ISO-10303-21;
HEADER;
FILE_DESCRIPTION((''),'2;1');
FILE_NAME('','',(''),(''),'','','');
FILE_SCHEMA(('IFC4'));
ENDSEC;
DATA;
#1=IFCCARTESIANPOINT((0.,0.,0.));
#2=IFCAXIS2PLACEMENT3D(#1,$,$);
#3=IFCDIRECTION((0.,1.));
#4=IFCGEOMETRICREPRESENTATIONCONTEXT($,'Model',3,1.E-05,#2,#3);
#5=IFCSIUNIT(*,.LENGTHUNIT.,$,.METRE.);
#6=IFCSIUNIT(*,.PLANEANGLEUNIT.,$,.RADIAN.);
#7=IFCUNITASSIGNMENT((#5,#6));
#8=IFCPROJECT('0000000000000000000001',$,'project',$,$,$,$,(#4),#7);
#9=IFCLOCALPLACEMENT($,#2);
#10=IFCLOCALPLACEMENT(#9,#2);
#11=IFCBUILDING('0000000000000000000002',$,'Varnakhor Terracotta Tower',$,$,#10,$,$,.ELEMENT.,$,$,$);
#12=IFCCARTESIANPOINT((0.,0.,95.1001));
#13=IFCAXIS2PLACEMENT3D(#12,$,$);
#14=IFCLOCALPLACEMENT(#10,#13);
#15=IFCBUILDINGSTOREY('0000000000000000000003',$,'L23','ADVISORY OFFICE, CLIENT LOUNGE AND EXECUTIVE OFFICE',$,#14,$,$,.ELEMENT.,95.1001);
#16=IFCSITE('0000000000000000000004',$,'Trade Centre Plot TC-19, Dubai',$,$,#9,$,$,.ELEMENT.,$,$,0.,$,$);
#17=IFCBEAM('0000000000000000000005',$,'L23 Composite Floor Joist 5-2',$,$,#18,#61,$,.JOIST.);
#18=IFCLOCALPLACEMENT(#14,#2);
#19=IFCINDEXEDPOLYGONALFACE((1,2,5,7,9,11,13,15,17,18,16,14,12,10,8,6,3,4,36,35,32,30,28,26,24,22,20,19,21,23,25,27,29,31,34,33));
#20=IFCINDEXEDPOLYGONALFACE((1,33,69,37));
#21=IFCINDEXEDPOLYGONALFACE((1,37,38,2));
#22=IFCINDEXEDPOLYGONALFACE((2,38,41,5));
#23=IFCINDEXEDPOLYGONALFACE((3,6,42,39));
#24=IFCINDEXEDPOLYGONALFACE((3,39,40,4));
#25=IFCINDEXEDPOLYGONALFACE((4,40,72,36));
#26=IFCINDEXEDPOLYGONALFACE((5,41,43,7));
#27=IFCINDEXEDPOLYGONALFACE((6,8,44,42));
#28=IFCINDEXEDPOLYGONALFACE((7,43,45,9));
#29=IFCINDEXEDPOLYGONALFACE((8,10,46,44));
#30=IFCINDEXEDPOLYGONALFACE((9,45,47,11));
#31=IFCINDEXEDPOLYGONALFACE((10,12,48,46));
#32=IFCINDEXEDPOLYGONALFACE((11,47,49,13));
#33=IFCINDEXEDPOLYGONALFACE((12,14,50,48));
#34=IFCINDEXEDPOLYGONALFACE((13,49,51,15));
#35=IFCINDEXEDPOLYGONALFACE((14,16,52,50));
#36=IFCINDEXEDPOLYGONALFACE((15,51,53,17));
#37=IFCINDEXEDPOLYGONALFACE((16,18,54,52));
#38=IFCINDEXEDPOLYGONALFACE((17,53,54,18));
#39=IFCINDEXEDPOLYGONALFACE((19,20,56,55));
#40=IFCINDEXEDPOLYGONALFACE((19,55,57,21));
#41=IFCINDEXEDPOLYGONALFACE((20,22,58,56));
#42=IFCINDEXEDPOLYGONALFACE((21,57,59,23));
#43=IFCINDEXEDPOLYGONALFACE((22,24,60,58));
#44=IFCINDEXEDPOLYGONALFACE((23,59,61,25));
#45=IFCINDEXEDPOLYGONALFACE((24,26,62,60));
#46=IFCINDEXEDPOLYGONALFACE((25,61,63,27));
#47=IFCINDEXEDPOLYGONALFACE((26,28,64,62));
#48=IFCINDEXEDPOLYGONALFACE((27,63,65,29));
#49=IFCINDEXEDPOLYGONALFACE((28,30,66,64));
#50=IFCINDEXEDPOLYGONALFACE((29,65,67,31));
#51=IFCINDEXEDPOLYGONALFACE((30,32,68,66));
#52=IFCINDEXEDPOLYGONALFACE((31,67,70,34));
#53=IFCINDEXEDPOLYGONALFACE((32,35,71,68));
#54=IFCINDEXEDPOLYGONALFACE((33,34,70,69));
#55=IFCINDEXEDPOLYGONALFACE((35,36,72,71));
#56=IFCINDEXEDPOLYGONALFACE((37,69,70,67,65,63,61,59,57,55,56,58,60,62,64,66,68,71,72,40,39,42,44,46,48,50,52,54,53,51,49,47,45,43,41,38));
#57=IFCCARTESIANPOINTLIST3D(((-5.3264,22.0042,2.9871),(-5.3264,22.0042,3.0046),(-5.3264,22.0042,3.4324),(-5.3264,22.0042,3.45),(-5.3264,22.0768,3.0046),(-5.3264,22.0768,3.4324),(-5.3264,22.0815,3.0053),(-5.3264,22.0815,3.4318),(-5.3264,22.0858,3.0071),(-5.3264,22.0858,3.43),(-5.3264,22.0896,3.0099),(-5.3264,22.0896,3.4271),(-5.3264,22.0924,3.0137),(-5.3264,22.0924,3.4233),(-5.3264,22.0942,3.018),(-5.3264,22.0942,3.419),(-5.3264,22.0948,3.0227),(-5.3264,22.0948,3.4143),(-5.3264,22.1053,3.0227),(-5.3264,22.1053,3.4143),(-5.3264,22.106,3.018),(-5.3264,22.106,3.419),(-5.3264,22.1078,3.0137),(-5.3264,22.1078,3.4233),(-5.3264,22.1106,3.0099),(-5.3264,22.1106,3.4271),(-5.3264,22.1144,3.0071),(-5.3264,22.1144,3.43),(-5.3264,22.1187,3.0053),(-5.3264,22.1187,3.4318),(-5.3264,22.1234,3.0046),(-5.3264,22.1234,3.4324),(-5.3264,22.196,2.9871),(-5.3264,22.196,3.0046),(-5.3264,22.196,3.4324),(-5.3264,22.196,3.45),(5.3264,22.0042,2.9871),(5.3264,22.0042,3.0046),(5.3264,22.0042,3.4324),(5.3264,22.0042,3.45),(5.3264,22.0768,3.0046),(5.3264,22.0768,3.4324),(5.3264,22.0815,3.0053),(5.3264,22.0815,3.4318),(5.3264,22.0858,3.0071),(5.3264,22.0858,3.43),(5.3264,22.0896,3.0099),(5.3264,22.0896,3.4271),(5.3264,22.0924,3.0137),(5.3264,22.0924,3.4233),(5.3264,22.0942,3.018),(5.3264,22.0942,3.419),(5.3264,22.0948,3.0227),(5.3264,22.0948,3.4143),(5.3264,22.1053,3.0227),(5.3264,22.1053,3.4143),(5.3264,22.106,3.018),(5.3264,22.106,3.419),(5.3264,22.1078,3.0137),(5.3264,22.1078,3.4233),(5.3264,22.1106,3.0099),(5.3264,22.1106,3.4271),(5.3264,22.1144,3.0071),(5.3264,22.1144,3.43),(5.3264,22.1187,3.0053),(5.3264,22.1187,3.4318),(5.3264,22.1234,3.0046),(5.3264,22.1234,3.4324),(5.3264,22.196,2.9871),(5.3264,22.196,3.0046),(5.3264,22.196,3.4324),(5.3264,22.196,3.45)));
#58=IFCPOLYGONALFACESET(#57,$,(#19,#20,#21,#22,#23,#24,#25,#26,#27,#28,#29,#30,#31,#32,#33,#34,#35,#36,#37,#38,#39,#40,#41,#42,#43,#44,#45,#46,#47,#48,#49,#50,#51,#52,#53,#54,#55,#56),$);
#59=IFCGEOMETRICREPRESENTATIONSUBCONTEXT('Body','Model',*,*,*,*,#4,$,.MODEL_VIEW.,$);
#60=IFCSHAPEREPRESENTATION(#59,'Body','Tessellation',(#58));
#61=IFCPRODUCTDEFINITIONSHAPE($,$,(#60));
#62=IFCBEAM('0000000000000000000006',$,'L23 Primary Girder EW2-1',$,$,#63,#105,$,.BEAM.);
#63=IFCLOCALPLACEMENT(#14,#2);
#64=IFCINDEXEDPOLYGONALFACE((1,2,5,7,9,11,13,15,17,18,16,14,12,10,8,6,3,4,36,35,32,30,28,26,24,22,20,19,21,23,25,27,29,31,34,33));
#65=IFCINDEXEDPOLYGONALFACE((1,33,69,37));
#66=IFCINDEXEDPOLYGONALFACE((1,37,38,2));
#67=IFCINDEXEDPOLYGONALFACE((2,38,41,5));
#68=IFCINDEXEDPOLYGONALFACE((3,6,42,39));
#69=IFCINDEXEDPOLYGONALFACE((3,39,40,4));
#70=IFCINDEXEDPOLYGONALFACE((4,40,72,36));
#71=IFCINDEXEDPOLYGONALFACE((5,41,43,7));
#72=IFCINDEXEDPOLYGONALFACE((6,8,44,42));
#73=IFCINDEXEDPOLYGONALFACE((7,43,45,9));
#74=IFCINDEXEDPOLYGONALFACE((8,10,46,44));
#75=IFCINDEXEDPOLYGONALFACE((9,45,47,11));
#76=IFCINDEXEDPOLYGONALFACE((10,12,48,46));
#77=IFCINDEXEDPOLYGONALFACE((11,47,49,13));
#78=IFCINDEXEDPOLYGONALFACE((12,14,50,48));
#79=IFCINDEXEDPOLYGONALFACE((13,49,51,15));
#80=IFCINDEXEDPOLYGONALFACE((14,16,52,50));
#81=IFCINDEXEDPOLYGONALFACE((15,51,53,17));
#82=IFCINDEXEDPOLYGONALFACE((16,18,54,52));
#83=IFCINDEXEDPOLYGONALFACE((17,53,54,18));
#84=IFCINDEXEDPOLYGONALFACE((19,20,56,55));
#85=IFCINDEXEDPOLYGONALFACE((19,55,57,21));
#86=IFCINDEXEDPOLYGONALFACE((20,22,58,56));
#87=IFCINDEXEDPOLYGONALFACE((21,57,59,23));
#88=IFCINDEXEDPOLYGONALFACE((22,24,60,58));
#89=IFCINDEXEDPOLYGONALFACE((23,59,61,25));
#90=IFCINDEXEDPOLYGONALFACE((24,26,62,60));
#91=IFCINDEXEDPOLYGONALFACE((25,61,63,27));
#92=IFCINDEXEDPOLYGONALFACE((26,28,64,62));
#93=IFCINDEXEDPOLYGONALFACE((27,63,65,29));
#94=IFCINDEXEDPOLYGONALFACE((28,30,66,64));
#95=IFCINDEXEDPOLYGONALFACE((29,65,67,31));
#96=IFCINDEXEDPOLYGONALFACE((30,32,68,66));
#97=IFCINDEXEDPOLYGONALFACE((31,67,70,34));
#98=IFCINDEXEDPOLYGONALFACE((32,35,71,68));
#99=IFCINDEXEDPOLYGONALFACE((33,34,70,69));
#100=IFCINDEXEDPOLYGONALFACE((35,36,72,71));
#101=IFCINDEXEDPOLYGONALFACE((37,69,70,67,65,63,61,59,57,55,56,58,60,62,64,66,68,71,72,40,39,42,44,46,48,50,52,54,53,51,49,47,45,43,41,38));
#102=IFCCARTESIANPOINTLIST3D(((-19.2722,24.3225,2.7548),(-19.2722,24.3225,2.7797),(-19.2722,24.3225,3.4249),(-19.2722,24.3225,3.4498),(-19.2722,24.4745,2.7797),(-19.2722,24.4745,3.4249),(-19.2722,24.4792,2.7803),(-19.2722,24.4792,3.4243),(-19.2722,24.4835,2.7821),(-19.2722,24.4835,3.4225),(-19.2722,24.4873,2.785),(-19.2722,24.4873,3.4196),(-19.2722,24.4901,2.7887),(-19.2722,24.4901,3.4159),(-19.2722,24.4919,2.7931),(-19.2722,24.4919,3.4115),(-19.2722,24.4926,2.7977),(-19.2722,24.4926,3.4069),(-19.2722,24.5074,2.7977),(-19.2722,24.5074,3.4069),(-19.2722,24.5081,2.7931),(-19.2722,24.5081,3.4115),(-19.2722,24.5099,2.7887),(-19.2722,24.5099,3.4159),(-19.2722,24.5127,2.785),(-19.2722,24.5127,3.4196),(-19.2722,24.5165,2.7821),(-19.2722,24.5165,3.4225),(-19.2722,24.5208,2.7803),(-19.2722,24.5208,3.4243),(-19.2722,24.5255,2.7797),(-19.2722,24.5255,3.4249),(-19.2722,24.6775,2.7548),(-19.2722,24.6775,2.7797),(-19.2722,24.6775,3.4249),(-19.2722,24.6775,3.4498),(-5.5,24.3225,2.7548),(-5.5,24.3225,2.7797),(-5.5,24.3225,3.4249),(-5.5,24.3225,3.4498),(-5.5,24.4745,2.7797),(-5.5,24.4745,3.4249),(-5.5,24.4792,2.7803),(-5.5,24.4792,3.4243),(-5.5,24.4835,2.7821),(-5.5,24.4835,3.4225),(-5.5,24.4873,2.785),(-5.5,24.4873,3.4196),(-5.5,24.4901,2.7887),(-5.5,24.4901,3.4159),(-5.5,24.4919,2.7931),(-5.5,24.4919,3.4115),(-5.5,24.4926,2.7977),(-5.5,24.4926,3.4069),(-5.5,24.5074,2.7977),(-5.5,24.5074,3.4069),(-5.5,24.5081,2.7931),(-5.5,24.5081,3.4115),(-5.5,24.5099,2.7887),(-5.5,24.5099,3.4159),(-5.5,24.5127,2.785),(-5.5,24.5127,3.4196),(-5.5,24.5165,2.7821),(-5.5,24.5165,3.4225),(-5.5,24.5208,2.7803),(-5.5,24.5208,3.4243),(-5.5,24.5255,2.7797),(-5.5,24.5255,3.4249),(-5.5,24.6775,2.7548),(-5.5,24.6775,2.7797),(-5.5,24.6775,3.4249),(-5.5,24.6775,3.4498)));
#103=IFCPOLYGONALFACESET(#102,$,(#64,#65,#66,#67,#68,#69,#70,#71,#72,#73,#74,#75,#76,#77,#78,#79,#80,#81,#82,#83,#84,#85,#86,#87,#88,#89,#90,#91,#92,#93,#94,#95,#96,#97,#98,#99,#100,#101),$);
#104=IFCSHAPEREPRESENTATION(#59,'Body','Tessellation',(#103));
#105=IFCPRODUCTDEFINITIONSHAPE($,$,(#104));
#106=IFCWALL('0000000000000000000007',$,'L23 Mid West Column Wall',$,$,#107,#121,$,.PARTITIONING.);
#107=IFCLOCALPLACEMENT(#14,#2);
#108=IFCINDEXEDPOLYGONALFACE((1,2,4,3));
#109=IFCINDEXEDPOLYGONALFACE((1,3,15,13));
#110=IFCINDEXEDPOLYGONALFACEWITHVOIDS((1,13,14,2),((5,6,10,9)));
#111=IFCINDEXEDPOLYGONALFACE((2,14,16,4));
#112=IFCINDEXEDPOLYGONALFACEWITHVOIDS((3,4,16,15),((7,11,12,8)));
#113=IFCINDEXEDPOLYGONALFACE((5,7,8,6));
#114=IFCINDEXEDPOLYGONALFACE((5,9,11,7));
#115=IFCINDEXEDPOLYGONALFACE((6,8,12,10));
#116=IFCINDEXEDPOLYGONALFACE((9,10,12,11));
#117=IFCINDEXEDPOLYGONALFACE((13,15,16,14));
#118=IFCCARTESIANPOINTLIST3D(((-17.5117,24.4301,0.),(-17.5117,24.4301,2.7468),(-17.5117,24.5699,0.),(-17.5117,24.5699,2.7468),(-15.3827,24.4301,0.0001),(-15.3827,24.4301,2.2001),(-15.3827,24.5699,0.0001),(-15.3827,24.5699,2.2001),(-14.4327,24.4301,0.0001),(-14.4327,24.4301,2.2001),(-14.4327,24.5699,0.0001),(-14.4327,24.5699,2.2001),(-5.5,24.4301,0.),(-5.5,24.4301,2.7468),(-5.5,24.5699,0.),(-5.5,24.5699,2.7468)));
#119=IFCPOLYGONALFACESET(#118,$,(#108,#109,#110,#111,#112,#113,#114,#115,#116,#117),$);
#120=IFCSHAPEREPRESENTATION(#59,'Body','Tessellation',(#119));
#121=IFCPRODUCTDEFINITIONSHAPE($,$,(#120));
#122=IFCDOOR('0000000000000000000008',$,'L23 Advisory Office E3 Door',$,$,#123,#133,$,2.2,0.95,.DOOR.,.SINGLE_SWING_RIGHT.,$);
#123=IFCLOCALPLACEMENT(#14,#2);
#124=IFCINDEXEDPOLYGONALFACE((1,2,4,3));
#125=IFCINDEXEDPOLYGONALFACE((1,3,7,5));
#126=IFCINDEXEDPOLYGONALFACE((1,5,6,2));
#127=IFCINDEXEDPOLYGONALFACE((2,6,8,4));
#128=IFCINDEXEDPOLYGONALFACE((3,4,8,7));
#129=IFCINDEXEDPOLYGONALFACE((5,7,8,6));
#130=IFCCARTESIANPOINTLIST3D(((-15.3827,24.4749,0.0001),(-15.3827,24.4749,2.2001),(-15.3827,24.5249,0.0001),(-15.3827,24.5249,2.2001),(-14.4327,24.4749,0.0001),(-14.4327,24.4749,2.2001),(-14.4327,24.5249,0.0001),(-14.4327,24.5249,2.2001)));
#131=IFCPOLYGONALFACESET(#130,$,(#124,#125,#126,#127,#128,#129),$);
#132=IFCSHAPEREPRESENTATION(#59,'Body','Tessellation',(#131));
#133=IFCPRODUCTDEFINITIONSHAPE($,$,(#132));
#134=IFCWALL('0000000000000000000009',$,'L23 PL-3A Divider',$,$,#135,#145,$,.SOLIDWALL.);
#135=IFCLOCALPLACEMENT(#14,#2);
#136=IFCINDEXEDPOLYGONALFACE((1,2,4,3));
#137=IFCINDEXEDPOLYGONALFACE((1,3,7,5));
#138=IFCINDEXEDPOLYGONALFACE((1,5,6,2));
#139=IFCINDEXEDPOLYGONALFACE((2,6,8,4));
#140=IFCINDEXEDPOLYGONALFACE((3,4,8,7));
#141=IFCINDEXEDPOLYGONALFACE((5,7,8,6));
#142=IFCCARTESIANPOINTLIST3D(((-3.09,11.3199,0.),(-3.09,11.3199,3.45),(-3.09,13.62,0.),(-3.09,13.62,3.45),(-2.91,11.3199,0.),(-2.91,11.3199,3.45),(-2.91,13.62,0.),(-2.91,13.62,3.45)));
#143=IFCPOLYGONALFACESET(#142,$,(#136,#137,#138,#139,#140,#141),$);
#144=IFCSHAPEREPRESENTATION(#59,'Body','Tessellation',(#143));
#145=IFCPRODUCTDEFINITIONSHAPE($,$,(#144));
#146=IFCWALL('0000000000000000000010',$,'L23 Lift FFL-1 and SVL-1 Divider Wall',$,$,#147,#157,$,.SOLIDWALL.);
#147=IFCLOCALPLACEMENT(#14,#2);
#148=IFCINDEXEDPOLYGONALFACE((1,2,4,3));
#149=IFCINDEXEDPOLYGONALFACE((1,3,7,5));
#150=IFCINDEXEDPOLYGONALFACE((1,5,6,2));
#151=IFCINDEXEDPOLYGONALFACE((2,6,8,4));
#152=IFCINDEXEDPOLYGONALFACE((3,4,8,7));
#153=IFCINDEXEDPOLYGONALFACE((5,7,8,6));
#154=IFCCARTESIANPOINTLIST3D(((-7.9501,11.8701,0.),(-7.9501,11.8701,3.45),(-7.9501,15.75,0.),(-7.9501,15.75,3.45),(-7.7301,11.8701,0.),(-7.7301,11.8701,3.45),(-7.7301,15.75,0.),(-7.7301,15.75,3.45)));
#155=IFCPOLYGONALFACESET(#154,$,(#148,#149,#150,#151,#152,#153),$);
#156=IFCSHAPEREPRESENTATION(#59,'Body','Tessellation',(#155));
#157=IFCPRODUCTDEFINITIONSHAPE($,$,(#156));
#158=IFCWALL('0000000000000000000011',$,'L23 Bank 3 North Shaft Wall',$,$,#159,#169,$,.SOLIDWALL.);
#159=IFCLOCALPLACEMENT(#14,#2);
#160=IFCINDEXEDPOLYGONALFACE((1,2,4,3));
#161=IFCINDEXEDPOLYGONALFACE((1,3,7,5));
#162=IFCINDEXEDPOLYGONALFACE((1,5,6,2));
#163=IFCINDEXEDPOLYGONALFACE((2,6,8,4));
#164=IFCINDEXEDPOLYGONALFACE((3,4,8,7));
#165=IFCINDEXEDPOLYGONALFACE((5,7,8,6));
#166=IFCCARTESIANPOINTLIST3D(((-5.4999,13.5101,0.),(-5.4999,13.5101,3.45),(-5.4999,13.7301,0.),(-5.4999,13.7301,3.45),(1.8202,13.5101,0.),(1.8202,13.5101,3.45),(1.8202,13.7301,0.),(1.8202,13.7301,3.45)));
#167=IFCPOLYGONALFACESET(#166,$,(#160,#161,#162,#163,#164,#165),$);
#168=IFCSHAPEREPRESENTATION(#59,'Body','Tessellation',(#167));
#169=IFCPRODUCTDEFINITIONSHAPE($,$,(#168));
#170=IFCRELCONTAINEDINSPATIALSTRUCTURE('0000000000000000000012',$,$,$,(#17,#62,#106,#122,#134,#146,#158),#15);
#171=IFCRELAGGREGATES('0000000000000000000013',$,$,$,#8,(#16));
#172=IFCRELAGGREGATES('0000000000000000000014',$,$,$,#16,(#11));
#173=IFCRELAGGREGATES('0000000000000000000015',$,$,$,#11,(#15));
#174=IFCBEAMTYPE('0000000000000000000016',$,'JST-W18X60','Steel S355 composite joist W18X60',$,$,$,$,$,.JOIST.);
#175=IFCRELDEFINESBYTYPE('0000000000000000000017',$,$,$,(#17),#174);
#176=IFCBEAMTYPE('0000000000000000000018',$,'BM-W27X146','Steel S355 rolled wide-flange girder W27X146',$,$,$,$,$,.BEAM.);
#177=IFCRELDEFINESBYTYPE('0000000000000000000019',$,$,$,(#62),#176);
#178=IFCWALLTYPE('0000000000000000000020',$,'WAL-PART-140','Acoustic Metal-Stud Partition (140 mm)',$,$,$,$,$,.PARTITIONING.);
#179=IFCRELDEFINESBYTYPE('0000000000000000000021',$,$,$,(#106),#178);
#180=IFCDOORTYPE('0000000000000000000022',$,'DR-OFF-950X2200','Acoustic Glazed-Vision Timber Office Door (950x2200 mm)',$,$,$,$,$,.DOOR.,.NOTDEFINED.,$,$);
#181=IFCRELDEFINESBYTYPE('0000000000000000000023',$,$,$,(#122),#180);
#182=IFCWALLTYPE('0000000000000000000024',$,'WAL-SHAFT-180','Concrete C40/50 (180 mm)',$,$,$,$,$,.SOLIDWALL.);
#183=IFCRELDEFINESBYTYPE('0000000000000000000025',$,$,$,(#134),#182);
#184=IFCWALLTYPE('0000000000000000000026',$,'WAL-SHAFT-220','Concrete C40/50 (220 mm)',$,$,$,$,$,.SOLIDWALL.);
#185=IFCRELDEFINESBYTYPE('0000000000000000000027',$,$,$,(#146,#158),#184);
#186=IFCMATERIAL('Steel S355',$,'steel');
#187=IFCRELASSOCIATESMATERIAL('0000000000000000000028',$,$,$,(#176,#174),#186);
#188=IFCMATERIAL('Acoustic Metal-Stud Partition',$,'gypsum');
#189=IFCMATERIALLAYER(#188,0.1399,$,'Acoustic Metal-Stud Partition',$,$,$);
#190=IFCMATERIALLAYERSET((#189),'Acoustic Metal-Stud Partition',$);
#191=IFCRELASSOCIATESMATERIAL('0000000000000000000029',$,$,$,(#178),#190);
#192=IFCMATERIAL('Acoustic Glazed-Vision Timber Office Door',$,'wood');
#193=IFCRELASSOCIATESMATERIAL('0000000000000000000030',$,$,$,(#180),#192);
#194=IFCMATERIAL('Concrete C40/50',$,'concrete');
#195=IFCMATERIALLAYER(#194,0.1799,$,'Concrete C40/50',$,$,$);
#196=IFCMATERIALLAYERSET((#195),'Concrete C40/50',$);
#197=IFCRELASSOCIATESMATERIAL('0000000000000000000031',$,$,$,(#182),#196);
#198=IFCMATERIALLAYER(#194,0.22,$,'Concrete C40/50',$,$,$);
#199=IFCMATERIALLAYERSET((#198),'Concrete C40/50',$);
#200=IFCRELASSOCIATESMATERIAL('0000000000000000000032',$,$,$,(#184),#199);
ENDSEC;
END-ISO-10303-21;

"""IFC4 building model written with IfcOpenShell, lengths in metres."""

from ifc_helpers import new_model, si_unit, direction, frame, frame_2d, origin, origin_2d, place, context, subcontext, project, spatial, rectangle, i_section, extrude, source, transform, mapped, material, layer, layer_set, material_profile, profile_set, type_object, type_shapes, element, fill, save


model = new_model("IFC4")

# Units and contexts
model_context = context("Model", 3, precision=1e-05, world=origin(), true_north=direction((0.0, 1.0)))
body_context = subcontext(model_context, "Body", "Model", "MODEL_VIEW")
ifc_project = project(units=[si_unit("LENGTHUNIT", "METRE"), si_unit("PLANEANGLEUNIT", "RADIAN")], contexts=[model_context])

# Site, building, storey
site_placement = place(None, origin())
site = spatial("IfcSite", under=ifc_project, at=site_placement, Name="Trade Centre Plot TC-19, Dubai", CompositionType="ELEMENT", RefElevation=0.0)
building_placement = place(site_placement, origin())
building = spatial("IfcBuilding", under=site, at=building_placement, Name="Varnakhor Terracotta Tower", CompositionType="ELEMENT")
storey_placement = place(building_placement, frame((0.0, 0.0, 95.1001)))
storey = spatial("IfcBuildingStorey", under=building, at=storey_placement, Name="L23", Description="ADVISORY OFFICE, CLIENT LOUNGE AND EXECUTIVE OFFICE", CompositionType="ELEMENT", Elevation=95.1001)

# Beams
ifc_material_1 = material(Name="Steel S355", Category="steel")
ifc_material_profile_1 = material_profile(ifc_material_1, i_section(OverallWidth=0.355, OverallDepth=0.6951, WebThickness=0.0149, FlangeThickness=0.0249, FilletRadius=0.0181, at=origin_2d()), Name="W27X146")
ifc_profile_set_1 = profile_set([ifc_material_profile_1], Name="Steel S355")
beam_type_1 = type_object("IfcBeamType", Name="BM-W27X146", Description="Steel S355 rolled wide-flange girder W27X146", PredefinedType="BEAM", material=ifc_profile_set_1)
ifc_material_profile_2 = material_profile(ifc_material_1, i_section(OverallWidth=0.1919, OverallDepth=0.4629, WebThickness=0.0105, FlangeThickness=0.0176, FilletRadius=0.0181, at=origin_2d()), Name="W18X60")
ifc_profile_set_2 = profile_set([ifc_material_profile_2], Name="Steel S355")
beam_type_2 = type_object("IfcBeamType", Name="JST-W18X60", Description="Steel S355 composite joist W18X60", PredefinedType="JOIST", material=ifc_profile_set_2)
shared_shape_1 = source(origin(), body_context, "Body", "SweptSolid", [
    extrude(i_section(OverallWidth=0.1919, OverallDepth=0.4629, WebThickness=0.0105, FlangeThickness=0.0176, FilletRadius=0.0181, at=origin_2d()), origin(), (0.0, 0.0, 1.0), 10.6528),
])
for number, where, z_axis, x_axis, name in (
    (1, (-5.3264, 22.1001, 3.2185), (1.0, 0.0, 0.0), (0.0, 1.0, 0.0), "L23 Composite Floor Joist 5-2"),
):
    element("IfcBeam", number, at=place(storey_placement, frame(where, z_axis=z_axis, x_axis=x_axis)), inside=storey, type_object=beam_type_2, Name=name, PredefinedType="JOIST", context=body_context, shape_type="MappedRepresentation", body=[
        mapped(shared_shape_1, transform((0.0, 0.0, 0.0), scale=1.0)),
    ])
shared_shape_2 = source(origin(), body_context, "Body", "SweptSolid", [
    extrude(i_section(OverallWidth=0.355, OverallDepth=0.6951, WebThickness=0.0149, FlangeThickness=0.0249, FilletRadius=0.0181, at=origin_2d()), origin(), (0.0, 0.0, 1.0), 13.7722),
])
beam_1_placement = place(storey_placement, frame((-19.2722, 24.5, 3.1023), z_axis=(1.0, 0.0, 0.0), x_axis=(0.0, 1.0, 0.0)))
element("IfcBeam", 2, at=beam_1_placement, inside=storey, type_object=beam_type_1, Name="L23 Primary Girder EW2-1", PredefinedType="BEAM", context=body_context, shape_type="MappedRepresentation", body=[
    mapped(shared_shape_2, transform((0.0, 0.0, 0.0), scale=1.0)),
])

# Wall, opening, door
ifc_material_2 = material(Name="Acoustic Metal-Stud Partition", Category="gypsum")
ifc_layer_1 = layer(ifc_material_2, 0.1399, Name="Acoustic Metal-Stud Partition")
ifc_layer_set_1 = layer_set([ifc_layer_1], Name="Acoustic Metal-Stud Partition")
wall_type_1 = type_object("IfcWallType", Name="WAL-PART-140", Description="Acoustic Metal-Stud Partition (140 mm)", PredefinedType="PARTITIONING", material=ifc_layer_set_1)
wall_1_placement = place(storey_placement, frame((-17.5117, 24.5, 0.0), z_axis=(0.0, 0.0, 1.0), x_axis=(1.0, 0.0, 0.0)))
wall_1 = element("IfcWall", 3, at=wall_1_placement, inside=storey, type_object=wall_type_1, Name="L23 Mid West Column Wall", PredefinedType="PARTITIONING", context=body_context, shape_type="SweptSolid", body=[
    extrude(rectangle(XDim=12.0117, YDim=0.1399, at=frame_2d((6.0059, 0.0))), origin(), (0.0, 0.0, 1.0), 2.7468),
])
opening_1_placement = place(wall_1_placement, frame((2.1289, 0.0, 0.0)))
opening_1 = element("IfcOpeningElement", 4, at=opening_1_placement, cuts=wall_1, PredefinedType="OPENING", context=body_context, shape_type="SweptSolid", body=[
    extrude(rectangle(XDim=0.95, YDim=2.2, at=frame_2d((0.4751, 1.1001))), frame((0.0, 0.0801, 0.0), z_axis=(0.0, -1.0, 0.0), x_axis=(1.0, 0.0, 0.0)), (0.0, 0.0, 1.0), 0.1599),
])
ifc_material_3 = material(Name="Acoustic Glazed-Vision Timber Office Door", Category="wood")
door_type_1 = type_object("IfcDoorType", Name="DR-OFF-950X2200", Description="Acoustic Glazed-Vision Timber Office Door (950x2200 mm)", OperationType="NOTDEFINED", PredefinedType="DOOR", material=ifc_material_3)
shared_shape_3 = source(origin(), body_context, "Body", "SweptSolid", [
    extrude(rectangle(XDim=0.95, YDim=2.2, at=frame_2d((0.4751, 1.1001))), frame((0.0, 0.0249, 0.0), z_axis=(0.0, -1.0, 0.0), x_axis=(1.0, 0.0, 0.0)), (0.0, 0.0, 1.0), 0.05),
])
type_shapes(door_type_1, [shared_shape_3])
door_1_placement = place(opening_1_placement, origin())
door_1 = element("IfcDoor", 5, at=door_1_placement, inside=storey, type_object=door_type_1, Name="L23 Advisory Office E3 Door", OperationType="SINGLE_SWING_RIGHT", OverallHeight=2.2, OverallWidth=0.95, PredefinedType="DOOR", context=body_context, shape_type="MappedRepresentation", body=[
    mapped(shared_shape_3, transform((0.0, 0.0, 0.0), scale=1.0)),
])
fill(opening_1, door_1)

# Walls
ifc_material_4 = material(Name="Concrete C40/50", Category="concrete")
ifc_layer_2 = layer(ifc_material_4, 0.1799, Name="Concrete C40/50")
ifc_layer_set_2 = layer_set([ifc_layer_2], Name="Concrete C40/50")
wall_type_2 = type_object("IfcWallType", Name="WAL-SHAFT-180", Description="Concrete C40/50 (180 mm)", PredefinedType="SOLIDWALL", material=ifc_layer_set_2)
wall_2_placement = place(storey_placement, frame((-3.0, 11.3201, 0.0), z_axis=(0.0, 0.0, 1.0), x_axis=(0.0, 1.0, 0.0)))
element("IfcWall", 6, at=wall_2_placement, inside=storey, type_object=wall_type_2, Name="L23 PL-3A Divider", PredefinedType="SOLIDWALL", context=body_context, shape_type="SweptSolid", body=[
    extrude(rectangle(XDim=2.3, YDim=0.1799, at=frame_2d((1.1499, 0.0))), origin(), (0.0, 0.0, 1.0), 3.45),
])
ifc_layer_3 = layer(ifc_material_4, 0.22, Name="Concrete C40/50")
ifc_layer_set_3 = layer_set([ifc_layer_3], Name="Concrete C40/50")
wall_type_3 = type_object("IfcWallType", Name="WAL-SHAFT-220", Description="Concrete C40/50 (220 mm)", PredefinedType="SOLIDWALL", material=ifc_layer_set_3)
wall_3_placement = place(storey_placement, frame((-7.8401, 11.8701, 0.0), z_axis=(0.0, 0.0, 1.0), x_axis=(0.0, 1.0, 0.0)))
element("IfcWall", 7, at=wall_3_placement, inside=storey, type_object=wall_type_3, Name="L23 Lift FFL-1 and SVL-1 Divider Wall", PredefinedType="SOLIDWALL", context=body_context, shape_type="SweptSolid", body=[
    extrude(rectangle(XDim=3.8799, YDim=0.22, at=frame_2d((1.9399, 0.0))), origin(), (0.0, 0.0, 1.0), 3.45),
])
wall_4_placement = place(storey_placement, frame((-5.5, 13.6201, 0.0), z_axis=(0.0, 0.0, 1.0), x_axis=(1.0, 0.0, 0.0)))
element("IfcWall", 8, at=wall_4_placement, inside=storey, type_object=wall_type_3, Name="L23 Bank 3 North Shaft Wall", PredefinedType="SOLIDWALL", context=body_context, shape_type="SweptSolid", body=[
    extrude(rectangle(XDim=7.3201, YDim=0.22, at=frame_2d((3.6602, 0.0))), origin(), (0.0, 0.0, 1.0), 3.45),
])

save(model, "model.ifc")
